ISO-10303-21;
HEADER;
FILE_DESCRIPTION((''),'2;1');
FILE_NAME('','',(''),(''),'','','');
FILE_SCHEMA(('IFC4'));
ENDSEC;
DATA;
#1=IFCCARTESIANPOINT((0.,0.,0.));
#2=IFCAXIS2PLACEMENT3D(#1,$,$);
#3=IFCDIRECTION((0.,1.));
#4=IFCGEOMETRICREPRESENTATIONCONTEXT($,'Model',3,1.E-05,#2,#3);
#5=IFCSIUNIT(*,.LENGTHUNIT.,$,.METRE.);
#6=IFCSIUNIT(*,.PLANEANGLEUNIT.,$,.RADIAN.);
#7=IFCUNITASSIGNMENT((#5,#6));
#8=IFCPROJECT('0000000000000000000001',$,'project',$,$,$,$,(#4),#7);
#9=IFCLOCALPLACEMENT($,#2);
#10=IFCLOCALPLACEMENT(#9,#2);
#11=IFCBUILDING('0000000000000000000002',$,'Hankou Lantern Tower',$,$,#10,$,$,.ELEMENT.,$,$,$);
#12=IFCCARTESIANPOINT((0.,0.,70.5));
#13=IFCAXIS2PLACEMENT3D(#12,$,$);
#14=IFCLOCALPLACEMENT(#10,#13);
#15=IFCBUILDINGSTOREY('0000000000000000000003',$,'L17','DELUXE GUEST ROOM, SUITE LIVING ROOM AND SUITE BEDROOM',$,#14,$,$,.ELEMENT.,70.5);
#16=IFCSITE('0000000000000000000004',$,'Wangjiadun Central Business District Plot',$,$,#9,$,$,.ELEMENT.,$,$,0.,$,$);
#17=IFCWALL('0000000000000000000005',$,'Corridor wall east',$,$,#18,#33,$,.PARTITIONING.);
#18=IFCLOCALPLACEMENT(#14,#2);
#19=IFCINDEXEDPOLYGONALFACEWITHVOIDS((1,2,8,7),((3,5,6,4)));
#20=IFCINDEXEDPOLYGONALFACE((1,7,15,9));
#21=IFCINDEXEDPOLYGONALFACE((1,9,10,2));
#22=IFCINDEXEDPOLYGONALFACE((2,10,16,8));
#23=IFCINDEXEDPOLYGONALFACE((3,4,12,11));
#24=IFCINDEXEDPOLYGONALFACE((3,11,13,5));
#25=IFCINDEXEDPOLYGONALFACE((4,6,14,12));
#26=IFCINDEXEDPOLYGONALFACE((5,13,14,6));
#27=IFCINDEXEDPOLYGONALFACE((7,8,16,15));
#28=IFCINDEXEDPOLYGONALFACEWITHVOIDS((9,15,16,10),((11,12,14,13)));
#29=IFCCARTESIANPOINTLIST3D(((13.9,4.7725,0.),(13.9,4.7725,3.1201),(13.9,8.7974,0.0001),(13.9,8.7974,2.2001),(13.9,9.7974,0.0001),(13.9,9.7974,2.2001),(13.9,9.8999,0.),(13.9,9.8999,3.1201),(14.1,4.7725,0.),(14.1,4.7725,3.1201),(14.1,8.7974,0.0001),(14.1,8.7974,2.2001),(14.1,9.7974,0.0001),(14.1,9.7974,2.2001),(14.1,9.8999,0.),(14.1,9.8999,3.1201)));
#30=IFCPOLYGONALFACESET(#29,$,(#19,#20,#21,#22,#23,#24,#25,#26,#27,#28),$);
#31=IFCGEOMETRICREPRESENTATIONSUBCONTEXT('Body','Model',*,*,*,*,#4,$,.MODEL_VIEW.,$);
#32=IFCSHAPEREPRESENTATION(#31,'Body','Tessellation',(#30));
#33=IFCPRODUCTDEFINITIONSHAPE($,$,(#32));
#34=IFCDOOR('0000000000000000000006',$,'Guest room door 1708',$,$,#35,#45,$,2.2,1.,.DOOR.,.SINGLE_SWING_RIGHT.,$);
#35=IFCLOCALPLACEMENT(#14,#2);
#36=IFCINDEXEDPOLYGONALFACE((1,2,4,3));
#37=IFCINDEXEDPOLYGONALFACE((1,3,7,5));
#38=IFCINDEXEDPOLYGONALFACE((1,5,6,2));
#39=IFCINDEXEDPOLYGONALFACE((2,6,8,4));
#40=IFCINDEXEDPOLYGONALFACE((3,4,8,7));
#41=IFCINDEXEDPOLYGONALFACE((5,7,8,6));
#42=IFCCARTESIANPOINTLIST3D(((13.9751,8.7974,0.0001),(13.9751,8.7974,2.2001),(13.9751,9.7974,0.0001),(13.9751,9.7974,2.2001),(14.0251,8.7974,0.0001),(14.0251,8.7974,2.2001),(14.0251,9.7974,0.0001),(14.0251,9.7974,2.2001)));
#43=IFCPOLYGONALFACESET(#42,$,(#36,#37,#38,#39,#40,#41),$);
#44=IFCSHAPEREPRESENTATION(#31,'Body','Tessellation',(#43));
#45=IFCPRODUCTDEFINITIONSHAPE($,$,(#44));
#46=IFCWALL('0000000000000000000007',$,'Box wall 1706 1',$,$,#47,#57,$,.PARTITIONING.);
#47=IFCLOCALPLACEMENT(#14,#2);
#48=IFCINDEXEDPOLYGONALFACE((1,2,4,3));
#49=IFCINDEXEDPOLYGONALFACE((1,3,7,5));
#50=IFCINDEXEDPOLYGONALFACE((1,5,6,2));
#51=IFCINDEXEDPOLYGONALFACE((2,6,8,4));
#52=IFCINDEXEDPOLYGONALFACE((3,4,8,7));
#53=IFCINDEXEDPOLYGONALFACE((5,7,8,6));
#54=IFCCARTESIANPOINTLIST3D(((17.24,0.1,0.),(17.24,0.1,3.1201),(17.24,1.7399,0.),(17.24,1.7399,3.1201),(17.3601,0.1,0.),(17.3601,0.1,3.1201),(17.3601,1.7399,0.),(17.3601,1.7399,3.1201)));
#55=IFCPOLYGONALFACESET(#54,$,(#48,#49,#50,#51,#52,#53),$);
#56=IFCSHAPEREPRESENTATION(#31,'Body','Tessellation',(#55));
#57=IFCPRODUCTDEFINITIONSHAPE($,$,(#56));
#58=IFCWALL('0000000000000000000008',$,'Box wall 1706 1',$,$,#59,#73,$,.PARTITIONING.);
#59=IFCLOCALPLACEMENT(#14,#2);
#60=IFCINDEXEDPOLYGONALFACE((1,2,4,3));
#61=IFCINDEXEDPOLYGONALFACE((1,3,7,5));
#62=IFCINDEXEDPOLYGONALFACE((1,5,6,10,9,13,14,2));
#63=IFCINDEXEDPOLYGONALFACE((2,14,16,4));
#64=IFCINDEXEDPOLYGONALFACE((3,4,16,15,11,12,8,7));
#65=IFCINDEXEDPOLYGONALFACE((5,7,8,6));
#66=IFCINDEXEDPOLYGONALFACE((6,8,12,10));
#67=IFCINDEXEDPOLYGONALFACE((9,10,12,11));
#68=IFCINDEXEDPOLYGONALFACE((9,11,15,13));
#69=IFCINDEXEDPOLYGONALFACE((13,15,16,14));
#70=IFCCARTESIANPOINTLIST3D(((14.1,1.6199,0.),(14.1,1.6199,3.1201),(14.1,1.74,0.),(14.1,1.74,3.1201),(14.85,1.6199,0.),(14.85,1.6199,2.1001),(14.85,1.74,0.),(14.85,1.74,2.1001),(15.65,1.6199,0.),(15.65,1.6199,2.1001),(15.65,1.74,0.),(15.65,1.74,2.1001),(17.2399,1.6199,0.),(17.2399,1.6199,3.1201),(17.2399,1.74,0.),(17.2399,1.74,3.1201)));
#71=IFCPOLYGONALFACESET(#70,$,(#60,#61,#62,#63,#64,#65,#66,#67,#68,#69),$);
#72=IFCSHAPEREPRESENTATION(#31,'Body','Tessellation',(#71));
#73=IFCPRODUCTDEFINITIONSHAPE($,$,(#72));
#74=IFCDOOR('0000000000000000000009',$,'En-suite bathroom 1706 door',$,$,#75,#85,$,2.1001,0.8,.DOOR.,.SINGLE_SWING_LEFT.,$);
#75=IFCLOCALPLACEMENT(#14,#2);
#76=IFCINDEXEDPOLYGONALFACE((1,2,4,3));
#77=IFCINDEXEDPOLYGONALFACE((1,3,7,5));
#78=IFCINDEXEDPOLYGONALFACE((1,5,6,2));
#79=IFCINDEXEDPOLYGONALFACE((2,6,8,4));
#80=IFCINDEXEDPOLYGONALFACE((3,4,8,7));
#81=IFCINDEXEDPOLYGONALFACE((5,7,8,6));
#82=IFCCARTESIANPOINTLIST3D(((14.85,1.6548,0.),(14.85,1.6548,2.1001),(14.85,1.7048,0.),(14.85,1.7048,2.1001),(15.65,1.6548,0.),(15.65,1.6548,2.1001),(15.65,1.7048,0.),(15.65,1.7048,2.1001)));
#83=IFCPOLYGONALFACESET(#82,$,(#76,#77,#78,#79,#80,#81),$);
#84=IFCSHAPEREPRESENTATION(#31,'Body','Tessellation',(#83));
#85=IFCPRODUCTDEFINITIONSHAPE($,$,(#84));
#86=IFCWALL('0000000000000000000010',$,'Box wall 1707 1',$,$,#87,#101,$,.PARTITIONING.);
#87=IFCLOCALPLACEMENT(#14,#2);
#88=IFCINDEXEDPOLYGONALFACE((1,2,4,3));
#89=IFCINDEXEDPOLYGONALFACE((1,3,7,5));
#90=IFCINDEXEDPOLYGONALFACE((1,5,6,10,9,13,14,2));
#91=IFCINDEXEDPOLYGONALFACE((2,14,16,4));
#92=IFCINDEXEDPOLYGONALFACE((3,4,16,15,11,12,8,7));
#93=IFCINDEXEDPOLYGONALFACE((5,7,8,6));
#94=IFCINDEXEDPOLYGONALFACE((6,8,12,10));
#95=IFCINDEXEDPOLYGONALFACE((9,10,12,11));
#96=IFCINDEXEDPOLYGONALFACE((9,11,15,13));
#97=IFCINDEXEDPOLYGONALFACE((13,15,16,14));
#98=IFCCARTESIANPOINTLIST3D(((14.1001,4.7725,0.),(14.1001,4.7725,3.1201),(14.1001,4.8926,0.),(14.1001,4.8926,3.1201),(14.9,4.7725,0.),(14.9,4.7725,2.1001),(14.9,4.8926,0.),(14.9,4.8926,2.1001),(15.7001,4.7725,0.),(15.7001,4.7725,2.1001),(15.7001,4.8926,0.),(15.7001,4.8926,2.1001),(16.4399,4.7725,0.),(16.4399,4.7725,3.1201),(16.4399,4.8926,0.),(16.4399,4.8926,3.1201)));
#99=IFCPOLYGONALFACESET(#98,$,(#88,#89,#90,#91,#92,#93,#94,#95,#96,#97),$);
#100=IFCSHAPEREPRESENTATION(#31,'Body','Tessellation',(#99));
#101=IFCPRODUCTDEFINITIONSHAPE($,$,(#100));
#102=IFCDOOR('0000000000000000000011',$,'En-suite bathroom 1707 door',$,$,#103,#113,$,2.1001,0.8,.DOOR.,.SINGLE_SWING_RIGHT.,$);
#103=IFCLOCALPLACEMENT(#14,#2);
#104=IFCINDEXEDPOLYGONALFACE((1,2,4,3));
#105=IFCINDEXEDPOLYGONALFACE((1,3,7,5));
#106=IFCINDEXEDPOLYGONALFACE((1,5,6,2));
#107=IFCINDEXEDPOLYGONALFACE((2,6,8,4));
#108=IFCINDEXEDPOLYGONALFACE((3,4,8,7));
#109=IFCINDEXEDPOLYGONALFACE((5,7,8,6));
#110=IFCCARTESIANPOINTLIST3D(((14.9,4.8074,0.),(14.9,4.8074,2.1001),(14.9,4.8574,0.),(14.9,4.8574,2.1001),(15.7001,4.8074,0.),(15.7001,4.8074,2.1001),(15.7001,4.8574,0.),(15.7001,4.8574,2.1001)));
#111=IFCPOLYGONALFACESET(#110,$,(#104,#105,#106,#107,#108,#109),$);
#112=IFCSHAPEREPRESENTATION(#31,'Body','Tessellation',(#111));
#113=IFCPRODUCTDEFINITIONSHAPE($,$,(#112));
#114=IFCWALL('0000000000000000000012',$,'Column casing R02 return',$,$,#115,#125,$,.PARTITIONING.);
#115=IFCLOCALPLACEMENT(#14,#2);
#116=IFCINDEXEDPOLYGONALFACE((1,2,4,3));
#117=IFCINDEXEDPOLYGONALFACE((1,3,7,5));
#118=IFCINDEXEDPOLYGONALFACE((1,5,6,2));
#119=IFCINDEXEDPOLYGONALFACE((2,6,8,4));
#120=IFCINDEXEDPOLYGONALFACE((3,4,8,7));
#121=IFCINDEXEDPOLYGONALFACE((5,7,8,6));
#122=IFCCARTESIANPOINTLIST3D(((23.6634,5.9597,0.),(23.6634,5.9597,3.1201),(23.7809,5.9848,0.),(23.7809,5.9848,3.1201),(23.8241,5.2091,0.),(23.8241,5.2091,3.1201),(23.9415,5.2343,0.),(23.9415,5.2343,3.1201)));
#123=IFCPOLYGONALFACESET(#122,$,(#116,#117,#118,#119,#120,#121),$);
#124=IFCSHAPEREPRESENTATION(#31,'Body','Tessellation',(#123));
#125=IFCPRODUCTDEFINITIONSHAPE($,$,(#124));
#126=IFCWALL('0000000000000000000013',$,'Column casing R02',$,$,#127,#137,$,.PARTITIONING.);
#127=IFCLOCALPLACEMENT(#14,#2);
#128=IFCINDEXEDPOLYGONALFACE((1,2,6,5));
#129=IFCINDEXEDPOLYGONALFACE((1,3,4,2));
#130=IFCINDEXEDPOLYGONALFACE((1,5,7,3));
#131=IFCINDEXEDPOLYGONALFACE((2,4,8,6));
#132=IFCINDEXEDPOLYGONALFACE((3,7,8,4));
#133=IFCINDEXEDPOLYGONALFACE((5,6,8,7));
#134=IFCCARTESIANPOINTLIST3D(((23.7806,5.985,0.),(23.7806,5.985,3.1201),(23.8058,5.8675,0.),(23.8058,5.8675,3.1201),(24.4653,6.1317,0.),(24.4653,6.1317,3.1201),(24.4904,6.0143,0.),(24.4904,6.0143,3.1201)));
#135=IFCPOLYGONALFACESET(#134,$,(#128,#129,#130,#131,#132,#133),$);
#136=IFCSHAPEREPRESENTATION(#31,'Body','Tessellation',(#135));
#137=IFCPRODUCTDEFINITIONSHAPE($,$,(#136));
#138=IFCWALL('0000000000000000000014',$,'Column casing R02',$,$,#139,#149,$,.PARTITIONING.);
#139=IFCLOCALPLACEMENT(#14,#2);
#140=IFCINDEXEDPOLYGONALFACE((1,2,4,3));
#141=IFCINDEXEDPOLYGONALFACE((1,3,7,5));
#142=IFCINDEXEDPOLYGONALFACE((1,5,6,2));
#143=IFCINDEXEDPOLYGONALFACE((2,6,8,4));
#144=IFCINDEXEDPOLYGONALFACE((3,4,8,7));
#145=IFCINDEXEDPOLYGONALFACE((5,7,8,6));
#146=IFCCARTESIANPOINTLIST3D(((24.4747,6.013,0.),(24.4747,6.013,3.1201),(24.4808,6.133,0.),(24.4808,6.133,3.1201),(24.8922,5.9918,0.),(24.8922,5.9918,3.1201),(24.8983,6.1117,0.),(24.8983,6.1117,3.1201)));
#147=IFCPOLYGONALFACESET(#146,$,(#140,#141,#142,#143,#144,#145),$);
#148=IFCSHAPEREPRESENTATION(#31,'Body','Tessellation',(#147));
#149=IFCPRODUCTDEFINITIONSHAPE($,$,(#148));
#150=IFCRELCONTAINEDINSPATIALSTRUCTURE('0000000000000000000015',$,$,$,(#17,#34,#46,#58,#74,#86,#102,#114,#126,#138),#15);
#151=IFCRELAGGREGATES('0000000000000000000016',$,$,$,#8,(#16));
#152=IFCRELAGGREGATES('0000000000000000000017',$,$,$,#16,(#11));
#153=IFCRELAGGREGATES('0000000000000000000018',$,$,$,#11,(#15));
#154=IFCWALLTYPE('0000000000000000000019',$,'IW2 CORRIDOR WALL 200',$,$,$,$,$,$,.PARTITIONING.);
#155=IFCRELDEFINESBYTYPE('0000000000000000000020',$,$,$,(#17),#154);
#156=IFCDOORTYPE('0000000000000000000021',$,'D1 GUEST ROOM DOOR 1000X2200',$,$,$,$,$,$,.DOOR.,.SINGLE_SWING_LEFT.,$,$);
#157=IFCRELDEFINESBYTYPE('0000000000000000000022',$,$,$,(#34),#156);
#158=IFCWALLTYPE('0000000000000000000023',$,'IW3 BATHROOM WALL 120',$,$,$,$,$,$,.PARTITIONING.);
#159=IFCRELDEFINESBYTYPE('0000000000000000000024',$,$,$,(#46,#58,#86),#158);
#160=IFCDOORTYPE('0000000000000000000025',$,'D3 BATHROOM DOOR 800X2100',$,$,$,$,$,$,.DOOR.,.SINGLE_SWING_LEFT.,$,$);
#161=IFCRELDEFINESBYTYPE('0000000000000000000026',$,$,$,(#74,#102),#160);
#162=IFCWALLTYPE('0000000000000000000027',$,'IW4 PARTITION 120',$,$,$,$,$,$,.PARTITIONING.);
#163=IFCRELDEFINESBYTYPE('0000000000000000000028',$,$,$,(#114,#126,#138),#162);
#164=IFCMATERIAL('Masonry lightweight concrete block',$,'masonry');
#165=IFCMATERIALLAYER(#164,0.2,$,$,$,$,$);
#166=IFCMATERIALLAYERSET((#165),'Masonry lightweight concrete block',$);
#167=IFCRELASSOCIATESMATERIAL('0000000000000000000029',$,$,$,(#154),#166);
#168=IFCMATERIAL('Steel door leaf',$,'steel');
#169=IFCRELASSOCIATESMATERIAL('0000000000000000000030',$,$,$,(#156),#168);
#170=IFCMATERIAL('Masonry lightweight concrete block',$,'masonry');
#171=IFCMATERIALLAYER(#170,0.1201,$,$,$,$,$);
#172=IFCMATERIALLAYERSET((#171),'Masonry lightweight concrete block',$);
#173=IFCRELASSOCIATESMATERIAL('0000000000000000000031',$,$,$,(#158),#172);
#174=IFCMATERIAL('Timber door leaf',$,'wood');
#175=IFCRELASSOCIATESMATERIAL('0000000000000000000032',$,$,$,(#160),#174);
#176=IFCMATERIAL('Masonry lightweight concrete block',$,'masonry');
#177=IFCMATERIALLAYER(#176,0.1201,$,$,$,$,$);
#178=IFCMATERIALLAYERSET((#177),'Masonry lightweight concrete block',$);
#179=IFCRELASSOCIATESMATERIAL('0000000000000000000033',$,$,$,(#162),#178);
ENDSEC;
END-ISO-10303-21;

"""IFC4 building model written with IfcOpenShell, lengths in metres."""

from ifc_helpers import new_model, si_unit, direction, frame, frame_2d, origin, place, context, subcontext, project, spatial, rectangle, extrude, material, layer, layer_set, type_object, element, fill, save


model = new_model("IFC4")

# Units and contexts
model_context = context("Model", 3, precision=1e-05, world=origin(), true_north=direction((0.0, 1.0)))
body_context = subcontext(model_context, "Body", "Model", "MODEL_VIEW")
ifc_project = project(units=[si_unit("LENGTHUNIT", "METRE"), si_unit("PLANEANGLEUNIT", "RADIAN")], contexts=[model_context])

# Site, building, storey
site_placement = place(None, origin())
site = spatial("IfcSite", under=ifc_project, at=site_placement, Name="Wangjiadun Central Business District Plot", CompositionType="ELEMENT", RefElevation=0.0)
building_placement = place(site_placement, origin())
building = spatial("IfcBuilding", under=site, at=building_placement, Name="Hankou Lantern Tower", CompositionType="ELEMENT")
storey_placement = place(building_placement, frame((0.0, 0.0, 70.5)))
storey = spatial("IfcBuildingStorey", under=building, at=storey_placement, Name="L17", Description="DELUXE GUEST ROOM, SUITE LIVING ROOM AND SUITE BEDROOM", CompositionType="ELEMENT", Elevation=70.5)

# Shared definitions
ifc_material_1 = material(Name="Masonry lightweight concrete block", Category="masonry")
ifc_layer_1 = layer(ifc_material_1, 0.2)
ifc_layer_set_1 = layer_set([ifc_layer_1], Name="Masonry lightweight concrete block")
wall_type_1 = type_object("IfcWallType", Name="IW2 CORRIDOR WALL 200", PredefinedType="PARTITIONING", material=ifc_layer_set_1)
ifc_material_2 = material(Name="Steel door leaf", Category="steel")
door_type_1 = type_object("IfcDoorType", Name="D1 GUEST ROOM DOOR 1000X2200", OperationType="SINGLE_SWING_LEFT", PredefinedType="DOOR", material=ifc_material_2)

# Wall, opening, door
wall_1_placement = place(storey_placement, frame((14.0, 4.7725, 0.0), z_axis=(0.0, 0.0, 1.0), x_axis=(0.0, 1.0, 0.0)))
wall_1 = element("IfcWall", 1, at=wall_1_placement, inside=storey, type_object=wall_type_1, Name="Corridor wall east", PredefinedType="PARTITIONING", context=body_context, shape_type="SweptSolid", body=[
    extrude(rectangle(XDim=5.1274, YDim=0.2, at=frame_2d((2.5637, 0.0))), origin(), (0.0, 0.0, 1.0), 3.1201),
])
opening_1_placement = place(wall_1_placement, frame((4.0249, 0.0, 0.0)))
opening_1 = element("IfcOpeningElement", 2, at=opening_1_placement, cuts=wall_1, PredefinedType="OPENING", context=body_context, shape_type="SweptSolid", body=[
    extrude(rectangle(XDim=1.0, YDim=2.2, at=frame_2d((0.5, 1.1001))), frame((0.0, 0.1099, 0.0), z_axis=(0.0, -1.0, 0.0), x_axis=(1.0, 0.0, 0.0)), (0.0, 0.0, 1.0), 0.22),
])
door_1_placement = place(opening_1_placement, origin())
door_1 = element("IfcDoor", 3, at=door_1_placement, inside=storey, type_object=door_type_1, Name="Guest room door 1708", OperationType="SINGLE_SWING_RIGHT", OverallHeight=2.2, OverallWidth=1.0, PredefinedType="DOOR", context=body_context, shape_type="SweptSolid", body=[
    extrude(rectangle(XDim=1.0, YDim=2.2, at=frame_2d((0.5, 1.1001))), frame((0.0, 0.0249, 0.0), z_axis=(0.0, -1.0, 0.0), x_axis=(1.0, 0.0, 0.0)), (0.0, 0.0, 1.0), 0.05),
])
fill(opening_1, door_1)

# Wall
ifc_material_3 = material(Name="Masonry lightweight concrete block", Category="masonry")
ifc_layer_2 = layer(ifc_material_3, 0.1201)
ifc_layer_set_2 = layer_set([ifc_layer_2], Name="Masonry lightweight concrete block")
wall_type_2 = type_object("IfcWallType", Name="IW3 BATHROOM WALL 120", PredefinedType="PARTITIONING", material=ifc_layer_set_2)
wall_2_placement = place(storey_placement, frame((17.3, 0.1001, 0.0), z_axis=(0.0, 0.0, 1.0), x_axis=(0.0, 1.0, 0.0)))
element("IfcWall", 4, at=wall_2_placement, inside=storey, type_object=wall_type_2, Name="Box wall 1706 1", PredefinedType="PARTITIONING", context=body_context, shape_type="SweptSolid", body=[
    extrude(rectangle(XDim=1.6399, YDim=0.1201, at=frame_2d((0.8198, 0.0))), origin(), (0.0, 0.0, 1.0), 3.1201),
])

# Walls, openings, doors
wall_3_placement = place(storey_placement, frame((14.1001, 1.6799, 0.0), z_axis=(0.0, 0.0, 1.0), x_axis=(1.0, 0.0, 0.0)))
wall_3 = element("IfcWall", 5, at=wall_3_placement, inside=storey, type_object=wall_type_2, Name="Box wall 1706 1", PredefinedType="PARTITIONING", context=body_context, shape_type="SweptSolid", body=[
    extrude(rectangle(XDim=3.1399, YDim=0.1201, at=frame_2d((1.5698, 0.0))), origin(), (0.0, 0.0, 1.0), 3.1201),
])
opening_2_placement = place(wall_3_placement, frame((0.75, 0.0, 0.0)))
opening_2 = element("IfcOpeningElement", 6, at=opening_2_placement, cuts=wall_3, PredefinedType="OPENING", context=body_context, shape_type="SweptSolid", body=[
    extrude(rectangle(XDim=0.8, YDim=2.1001, at=frame_2d((0.3999, 1.05))), frame((0.0, 0.0701, 0.0), z_axis=(0.0, -1.0, 0.0), x_axis=(1.0, 0.0, 0.0)), (0.0, 0.0, 1.0), 0.1401),
])
ifc_material_4 = material(Name="Timber door leaf", Category="wood")
door_type_2 = type_object("IfcDoorType", Name="D3 BATHROOM DOOR 800X2100", OperationType="SINGLE_SWING_LEFT", PredefinedType="DOOR", material=ifc_material_4)
door_2_placement = place(opening_2_placement, origin())
door_2 = element("IfcDoor", 7, at=door_2_placement, inside=storey, type_object=door_type_2, Name="En-suite bathroom 1706 door", OperationType="SINGLE_SWING_LEFT", OverallHeight=2.1001, OverallWidth=0.8, PredefinedType="DOOR", context=body_context, shape_type="SweptSolid", body=[
    extrude(rectangle(XDim=0.8, YDim=2.1001, at=frame_2d((0.3999, 1.05))), frame((0.0, 0.0249, 0.0), z_axis=(0.0, -1.0, 0.0), x_axis=(1.0, 0.0, 0.0)), (0.0, 0.0, 1.0), 0.05),
])
fill(opening_2, door_2)
wall_4_placement = place(storey_placement, frame((14.1001, 4.8325, 0.0), z_axis=(0.0, 0.0, 1.0), x_axis=(1.0, 0.0, 0.0)))
wall_4 = element("IfcWall", 8, at=wall_4_placement, inside=storey, type_object=wall_type_2, Name="Box wall 1707 1", PredefinedType="PARTITIONING", context=body_context, shape_type="SweptSolid", body=[
    extrude(rectangle(XDim=2.3398, YDim=0.1201, at=frame_2d((1.1699, 0.0))), origin(), (0.0, 0.0, 1.0), 3.1201),
])
opening_3_placement = place(wall_4_placement, frame((0.8, 0.0, 0.0)))
opening_3 = element("IfcOpeningElement", 9, at=opening_3_placement, cuts=wall_4, PredefinedType="OPENING", context=body_context, shape_type="SweptSolid", body=[
    extrude(rectangle(XDim=0.8, YDim=2.1001, at=frame_2d((0.3999, 1.05))), frame((0.0, 0.0701, 0.0), z_axis=(0.0, -1.0, 0.0), x_axis=(1.0, 0.0, 0.0)), (0.0, 0.0, 1.0), 0.1401),
])
door_3_placement = place(opening_3_placement, origin())
door_3 = element("IfcDoor", 10, at=door_3_placement, inside=storey, type_object=door_type_2, Name="En-suite bathroom 1707 door", OperationType="SINGLE_SWING_RIGHT", OverallHeight=2.1001, OverallWidth=0.8, PredefinedType="DOOR", context=body_context, shape_type="SweptSolid", body=[
    extrude(rectangle(XDim=0.8, YDim=2.1001, at=frame_2d((0.3999, 1.05))), frame((0.0, 0.0249, 0.0), z_axis=(0.0, -1.0, 0.0), x_axis=(1.0, 0.0, 0.0)), (0.0, 0.0, 1.0), 0.05),
])
fill(opening_3, door_3)

# Walls
ifc_material_5 = material(Name="Masonry lightweight concrete block", Category="masonry")
ifc_layer_3 = layer(ifc_material_5, 0.1201)
ifc_layer_set_3 = layer_set([ifc_layer_3], Name="Masonry lightweight concrete block")
wall_type_3 = type_object("IfcWallType", Name="IW4 PARTITION 120", PredefinedType="PARTITIONING", material=ifc_layer_set_3)
wall_5_placement = place(storey_placement, frame((23.8828, 5.2217, 0.0), z_axis=(0.0, 0.0, 1.0), x_axis=(-0.209312, 0.977849, 0.0)))
element("IfcWall", 11, at=wall_5_placement, inside=storey, type_object=wall_type_3, Name="Column casing R02 return", PredefinedType="PARTITIONING", context=body_context, shape_type="SweptSolid", body=[
    extrude(rectangle(XDim=0.7676, YDim=0.1201, at=frame_2d((0.3838, 0.0))), origin(), (0.0, 0.0, 1.0), 3.1201),
])
wall_6_placement = place(storey_placement, frame((23.7932, 5.9263, 0.0), z_axis=(0.0, 0.0, 1.0), x_axis=(0.977792, 0.209577, 0.0)))
element("IfcWall", 12, at=wall_6_placement, inside=storey, type_object=wall_type_3, Name="Column casing R02", PredefinedType="PARTITIONING", context=body_context, shape_type="SweptSolid", body=[
    extrude(rectangle(XDim=0.7002, YDim=0.1201, at=frame_2d((0.3501, 0.0))), origin(), (0.0, 0.0, 1.0), 3.1201),
])
wall_7_placement = place(storey_placement, frame((24.4778, 6.073, 0.0), z_axis=(0.0, 0.0, 1.0), x_axis=(0.998708, -0.050811, 0.0)))
element("IfcWall", 13, at=wall_7_placement, inside=storey, type_object=wall_type_3, Name="Column casing R02", PredefinedType="PARTITIONING", context=body_context, shape_type="SweptSolid", body=[
    extrude(rectangle(XDim=0.418, YDim=0.1201, at=frame_2d((0.209, 0.0))), origin(), (0.0, 0.0, 1.0), 3.1201),
])

save(model, "model.ifc")
